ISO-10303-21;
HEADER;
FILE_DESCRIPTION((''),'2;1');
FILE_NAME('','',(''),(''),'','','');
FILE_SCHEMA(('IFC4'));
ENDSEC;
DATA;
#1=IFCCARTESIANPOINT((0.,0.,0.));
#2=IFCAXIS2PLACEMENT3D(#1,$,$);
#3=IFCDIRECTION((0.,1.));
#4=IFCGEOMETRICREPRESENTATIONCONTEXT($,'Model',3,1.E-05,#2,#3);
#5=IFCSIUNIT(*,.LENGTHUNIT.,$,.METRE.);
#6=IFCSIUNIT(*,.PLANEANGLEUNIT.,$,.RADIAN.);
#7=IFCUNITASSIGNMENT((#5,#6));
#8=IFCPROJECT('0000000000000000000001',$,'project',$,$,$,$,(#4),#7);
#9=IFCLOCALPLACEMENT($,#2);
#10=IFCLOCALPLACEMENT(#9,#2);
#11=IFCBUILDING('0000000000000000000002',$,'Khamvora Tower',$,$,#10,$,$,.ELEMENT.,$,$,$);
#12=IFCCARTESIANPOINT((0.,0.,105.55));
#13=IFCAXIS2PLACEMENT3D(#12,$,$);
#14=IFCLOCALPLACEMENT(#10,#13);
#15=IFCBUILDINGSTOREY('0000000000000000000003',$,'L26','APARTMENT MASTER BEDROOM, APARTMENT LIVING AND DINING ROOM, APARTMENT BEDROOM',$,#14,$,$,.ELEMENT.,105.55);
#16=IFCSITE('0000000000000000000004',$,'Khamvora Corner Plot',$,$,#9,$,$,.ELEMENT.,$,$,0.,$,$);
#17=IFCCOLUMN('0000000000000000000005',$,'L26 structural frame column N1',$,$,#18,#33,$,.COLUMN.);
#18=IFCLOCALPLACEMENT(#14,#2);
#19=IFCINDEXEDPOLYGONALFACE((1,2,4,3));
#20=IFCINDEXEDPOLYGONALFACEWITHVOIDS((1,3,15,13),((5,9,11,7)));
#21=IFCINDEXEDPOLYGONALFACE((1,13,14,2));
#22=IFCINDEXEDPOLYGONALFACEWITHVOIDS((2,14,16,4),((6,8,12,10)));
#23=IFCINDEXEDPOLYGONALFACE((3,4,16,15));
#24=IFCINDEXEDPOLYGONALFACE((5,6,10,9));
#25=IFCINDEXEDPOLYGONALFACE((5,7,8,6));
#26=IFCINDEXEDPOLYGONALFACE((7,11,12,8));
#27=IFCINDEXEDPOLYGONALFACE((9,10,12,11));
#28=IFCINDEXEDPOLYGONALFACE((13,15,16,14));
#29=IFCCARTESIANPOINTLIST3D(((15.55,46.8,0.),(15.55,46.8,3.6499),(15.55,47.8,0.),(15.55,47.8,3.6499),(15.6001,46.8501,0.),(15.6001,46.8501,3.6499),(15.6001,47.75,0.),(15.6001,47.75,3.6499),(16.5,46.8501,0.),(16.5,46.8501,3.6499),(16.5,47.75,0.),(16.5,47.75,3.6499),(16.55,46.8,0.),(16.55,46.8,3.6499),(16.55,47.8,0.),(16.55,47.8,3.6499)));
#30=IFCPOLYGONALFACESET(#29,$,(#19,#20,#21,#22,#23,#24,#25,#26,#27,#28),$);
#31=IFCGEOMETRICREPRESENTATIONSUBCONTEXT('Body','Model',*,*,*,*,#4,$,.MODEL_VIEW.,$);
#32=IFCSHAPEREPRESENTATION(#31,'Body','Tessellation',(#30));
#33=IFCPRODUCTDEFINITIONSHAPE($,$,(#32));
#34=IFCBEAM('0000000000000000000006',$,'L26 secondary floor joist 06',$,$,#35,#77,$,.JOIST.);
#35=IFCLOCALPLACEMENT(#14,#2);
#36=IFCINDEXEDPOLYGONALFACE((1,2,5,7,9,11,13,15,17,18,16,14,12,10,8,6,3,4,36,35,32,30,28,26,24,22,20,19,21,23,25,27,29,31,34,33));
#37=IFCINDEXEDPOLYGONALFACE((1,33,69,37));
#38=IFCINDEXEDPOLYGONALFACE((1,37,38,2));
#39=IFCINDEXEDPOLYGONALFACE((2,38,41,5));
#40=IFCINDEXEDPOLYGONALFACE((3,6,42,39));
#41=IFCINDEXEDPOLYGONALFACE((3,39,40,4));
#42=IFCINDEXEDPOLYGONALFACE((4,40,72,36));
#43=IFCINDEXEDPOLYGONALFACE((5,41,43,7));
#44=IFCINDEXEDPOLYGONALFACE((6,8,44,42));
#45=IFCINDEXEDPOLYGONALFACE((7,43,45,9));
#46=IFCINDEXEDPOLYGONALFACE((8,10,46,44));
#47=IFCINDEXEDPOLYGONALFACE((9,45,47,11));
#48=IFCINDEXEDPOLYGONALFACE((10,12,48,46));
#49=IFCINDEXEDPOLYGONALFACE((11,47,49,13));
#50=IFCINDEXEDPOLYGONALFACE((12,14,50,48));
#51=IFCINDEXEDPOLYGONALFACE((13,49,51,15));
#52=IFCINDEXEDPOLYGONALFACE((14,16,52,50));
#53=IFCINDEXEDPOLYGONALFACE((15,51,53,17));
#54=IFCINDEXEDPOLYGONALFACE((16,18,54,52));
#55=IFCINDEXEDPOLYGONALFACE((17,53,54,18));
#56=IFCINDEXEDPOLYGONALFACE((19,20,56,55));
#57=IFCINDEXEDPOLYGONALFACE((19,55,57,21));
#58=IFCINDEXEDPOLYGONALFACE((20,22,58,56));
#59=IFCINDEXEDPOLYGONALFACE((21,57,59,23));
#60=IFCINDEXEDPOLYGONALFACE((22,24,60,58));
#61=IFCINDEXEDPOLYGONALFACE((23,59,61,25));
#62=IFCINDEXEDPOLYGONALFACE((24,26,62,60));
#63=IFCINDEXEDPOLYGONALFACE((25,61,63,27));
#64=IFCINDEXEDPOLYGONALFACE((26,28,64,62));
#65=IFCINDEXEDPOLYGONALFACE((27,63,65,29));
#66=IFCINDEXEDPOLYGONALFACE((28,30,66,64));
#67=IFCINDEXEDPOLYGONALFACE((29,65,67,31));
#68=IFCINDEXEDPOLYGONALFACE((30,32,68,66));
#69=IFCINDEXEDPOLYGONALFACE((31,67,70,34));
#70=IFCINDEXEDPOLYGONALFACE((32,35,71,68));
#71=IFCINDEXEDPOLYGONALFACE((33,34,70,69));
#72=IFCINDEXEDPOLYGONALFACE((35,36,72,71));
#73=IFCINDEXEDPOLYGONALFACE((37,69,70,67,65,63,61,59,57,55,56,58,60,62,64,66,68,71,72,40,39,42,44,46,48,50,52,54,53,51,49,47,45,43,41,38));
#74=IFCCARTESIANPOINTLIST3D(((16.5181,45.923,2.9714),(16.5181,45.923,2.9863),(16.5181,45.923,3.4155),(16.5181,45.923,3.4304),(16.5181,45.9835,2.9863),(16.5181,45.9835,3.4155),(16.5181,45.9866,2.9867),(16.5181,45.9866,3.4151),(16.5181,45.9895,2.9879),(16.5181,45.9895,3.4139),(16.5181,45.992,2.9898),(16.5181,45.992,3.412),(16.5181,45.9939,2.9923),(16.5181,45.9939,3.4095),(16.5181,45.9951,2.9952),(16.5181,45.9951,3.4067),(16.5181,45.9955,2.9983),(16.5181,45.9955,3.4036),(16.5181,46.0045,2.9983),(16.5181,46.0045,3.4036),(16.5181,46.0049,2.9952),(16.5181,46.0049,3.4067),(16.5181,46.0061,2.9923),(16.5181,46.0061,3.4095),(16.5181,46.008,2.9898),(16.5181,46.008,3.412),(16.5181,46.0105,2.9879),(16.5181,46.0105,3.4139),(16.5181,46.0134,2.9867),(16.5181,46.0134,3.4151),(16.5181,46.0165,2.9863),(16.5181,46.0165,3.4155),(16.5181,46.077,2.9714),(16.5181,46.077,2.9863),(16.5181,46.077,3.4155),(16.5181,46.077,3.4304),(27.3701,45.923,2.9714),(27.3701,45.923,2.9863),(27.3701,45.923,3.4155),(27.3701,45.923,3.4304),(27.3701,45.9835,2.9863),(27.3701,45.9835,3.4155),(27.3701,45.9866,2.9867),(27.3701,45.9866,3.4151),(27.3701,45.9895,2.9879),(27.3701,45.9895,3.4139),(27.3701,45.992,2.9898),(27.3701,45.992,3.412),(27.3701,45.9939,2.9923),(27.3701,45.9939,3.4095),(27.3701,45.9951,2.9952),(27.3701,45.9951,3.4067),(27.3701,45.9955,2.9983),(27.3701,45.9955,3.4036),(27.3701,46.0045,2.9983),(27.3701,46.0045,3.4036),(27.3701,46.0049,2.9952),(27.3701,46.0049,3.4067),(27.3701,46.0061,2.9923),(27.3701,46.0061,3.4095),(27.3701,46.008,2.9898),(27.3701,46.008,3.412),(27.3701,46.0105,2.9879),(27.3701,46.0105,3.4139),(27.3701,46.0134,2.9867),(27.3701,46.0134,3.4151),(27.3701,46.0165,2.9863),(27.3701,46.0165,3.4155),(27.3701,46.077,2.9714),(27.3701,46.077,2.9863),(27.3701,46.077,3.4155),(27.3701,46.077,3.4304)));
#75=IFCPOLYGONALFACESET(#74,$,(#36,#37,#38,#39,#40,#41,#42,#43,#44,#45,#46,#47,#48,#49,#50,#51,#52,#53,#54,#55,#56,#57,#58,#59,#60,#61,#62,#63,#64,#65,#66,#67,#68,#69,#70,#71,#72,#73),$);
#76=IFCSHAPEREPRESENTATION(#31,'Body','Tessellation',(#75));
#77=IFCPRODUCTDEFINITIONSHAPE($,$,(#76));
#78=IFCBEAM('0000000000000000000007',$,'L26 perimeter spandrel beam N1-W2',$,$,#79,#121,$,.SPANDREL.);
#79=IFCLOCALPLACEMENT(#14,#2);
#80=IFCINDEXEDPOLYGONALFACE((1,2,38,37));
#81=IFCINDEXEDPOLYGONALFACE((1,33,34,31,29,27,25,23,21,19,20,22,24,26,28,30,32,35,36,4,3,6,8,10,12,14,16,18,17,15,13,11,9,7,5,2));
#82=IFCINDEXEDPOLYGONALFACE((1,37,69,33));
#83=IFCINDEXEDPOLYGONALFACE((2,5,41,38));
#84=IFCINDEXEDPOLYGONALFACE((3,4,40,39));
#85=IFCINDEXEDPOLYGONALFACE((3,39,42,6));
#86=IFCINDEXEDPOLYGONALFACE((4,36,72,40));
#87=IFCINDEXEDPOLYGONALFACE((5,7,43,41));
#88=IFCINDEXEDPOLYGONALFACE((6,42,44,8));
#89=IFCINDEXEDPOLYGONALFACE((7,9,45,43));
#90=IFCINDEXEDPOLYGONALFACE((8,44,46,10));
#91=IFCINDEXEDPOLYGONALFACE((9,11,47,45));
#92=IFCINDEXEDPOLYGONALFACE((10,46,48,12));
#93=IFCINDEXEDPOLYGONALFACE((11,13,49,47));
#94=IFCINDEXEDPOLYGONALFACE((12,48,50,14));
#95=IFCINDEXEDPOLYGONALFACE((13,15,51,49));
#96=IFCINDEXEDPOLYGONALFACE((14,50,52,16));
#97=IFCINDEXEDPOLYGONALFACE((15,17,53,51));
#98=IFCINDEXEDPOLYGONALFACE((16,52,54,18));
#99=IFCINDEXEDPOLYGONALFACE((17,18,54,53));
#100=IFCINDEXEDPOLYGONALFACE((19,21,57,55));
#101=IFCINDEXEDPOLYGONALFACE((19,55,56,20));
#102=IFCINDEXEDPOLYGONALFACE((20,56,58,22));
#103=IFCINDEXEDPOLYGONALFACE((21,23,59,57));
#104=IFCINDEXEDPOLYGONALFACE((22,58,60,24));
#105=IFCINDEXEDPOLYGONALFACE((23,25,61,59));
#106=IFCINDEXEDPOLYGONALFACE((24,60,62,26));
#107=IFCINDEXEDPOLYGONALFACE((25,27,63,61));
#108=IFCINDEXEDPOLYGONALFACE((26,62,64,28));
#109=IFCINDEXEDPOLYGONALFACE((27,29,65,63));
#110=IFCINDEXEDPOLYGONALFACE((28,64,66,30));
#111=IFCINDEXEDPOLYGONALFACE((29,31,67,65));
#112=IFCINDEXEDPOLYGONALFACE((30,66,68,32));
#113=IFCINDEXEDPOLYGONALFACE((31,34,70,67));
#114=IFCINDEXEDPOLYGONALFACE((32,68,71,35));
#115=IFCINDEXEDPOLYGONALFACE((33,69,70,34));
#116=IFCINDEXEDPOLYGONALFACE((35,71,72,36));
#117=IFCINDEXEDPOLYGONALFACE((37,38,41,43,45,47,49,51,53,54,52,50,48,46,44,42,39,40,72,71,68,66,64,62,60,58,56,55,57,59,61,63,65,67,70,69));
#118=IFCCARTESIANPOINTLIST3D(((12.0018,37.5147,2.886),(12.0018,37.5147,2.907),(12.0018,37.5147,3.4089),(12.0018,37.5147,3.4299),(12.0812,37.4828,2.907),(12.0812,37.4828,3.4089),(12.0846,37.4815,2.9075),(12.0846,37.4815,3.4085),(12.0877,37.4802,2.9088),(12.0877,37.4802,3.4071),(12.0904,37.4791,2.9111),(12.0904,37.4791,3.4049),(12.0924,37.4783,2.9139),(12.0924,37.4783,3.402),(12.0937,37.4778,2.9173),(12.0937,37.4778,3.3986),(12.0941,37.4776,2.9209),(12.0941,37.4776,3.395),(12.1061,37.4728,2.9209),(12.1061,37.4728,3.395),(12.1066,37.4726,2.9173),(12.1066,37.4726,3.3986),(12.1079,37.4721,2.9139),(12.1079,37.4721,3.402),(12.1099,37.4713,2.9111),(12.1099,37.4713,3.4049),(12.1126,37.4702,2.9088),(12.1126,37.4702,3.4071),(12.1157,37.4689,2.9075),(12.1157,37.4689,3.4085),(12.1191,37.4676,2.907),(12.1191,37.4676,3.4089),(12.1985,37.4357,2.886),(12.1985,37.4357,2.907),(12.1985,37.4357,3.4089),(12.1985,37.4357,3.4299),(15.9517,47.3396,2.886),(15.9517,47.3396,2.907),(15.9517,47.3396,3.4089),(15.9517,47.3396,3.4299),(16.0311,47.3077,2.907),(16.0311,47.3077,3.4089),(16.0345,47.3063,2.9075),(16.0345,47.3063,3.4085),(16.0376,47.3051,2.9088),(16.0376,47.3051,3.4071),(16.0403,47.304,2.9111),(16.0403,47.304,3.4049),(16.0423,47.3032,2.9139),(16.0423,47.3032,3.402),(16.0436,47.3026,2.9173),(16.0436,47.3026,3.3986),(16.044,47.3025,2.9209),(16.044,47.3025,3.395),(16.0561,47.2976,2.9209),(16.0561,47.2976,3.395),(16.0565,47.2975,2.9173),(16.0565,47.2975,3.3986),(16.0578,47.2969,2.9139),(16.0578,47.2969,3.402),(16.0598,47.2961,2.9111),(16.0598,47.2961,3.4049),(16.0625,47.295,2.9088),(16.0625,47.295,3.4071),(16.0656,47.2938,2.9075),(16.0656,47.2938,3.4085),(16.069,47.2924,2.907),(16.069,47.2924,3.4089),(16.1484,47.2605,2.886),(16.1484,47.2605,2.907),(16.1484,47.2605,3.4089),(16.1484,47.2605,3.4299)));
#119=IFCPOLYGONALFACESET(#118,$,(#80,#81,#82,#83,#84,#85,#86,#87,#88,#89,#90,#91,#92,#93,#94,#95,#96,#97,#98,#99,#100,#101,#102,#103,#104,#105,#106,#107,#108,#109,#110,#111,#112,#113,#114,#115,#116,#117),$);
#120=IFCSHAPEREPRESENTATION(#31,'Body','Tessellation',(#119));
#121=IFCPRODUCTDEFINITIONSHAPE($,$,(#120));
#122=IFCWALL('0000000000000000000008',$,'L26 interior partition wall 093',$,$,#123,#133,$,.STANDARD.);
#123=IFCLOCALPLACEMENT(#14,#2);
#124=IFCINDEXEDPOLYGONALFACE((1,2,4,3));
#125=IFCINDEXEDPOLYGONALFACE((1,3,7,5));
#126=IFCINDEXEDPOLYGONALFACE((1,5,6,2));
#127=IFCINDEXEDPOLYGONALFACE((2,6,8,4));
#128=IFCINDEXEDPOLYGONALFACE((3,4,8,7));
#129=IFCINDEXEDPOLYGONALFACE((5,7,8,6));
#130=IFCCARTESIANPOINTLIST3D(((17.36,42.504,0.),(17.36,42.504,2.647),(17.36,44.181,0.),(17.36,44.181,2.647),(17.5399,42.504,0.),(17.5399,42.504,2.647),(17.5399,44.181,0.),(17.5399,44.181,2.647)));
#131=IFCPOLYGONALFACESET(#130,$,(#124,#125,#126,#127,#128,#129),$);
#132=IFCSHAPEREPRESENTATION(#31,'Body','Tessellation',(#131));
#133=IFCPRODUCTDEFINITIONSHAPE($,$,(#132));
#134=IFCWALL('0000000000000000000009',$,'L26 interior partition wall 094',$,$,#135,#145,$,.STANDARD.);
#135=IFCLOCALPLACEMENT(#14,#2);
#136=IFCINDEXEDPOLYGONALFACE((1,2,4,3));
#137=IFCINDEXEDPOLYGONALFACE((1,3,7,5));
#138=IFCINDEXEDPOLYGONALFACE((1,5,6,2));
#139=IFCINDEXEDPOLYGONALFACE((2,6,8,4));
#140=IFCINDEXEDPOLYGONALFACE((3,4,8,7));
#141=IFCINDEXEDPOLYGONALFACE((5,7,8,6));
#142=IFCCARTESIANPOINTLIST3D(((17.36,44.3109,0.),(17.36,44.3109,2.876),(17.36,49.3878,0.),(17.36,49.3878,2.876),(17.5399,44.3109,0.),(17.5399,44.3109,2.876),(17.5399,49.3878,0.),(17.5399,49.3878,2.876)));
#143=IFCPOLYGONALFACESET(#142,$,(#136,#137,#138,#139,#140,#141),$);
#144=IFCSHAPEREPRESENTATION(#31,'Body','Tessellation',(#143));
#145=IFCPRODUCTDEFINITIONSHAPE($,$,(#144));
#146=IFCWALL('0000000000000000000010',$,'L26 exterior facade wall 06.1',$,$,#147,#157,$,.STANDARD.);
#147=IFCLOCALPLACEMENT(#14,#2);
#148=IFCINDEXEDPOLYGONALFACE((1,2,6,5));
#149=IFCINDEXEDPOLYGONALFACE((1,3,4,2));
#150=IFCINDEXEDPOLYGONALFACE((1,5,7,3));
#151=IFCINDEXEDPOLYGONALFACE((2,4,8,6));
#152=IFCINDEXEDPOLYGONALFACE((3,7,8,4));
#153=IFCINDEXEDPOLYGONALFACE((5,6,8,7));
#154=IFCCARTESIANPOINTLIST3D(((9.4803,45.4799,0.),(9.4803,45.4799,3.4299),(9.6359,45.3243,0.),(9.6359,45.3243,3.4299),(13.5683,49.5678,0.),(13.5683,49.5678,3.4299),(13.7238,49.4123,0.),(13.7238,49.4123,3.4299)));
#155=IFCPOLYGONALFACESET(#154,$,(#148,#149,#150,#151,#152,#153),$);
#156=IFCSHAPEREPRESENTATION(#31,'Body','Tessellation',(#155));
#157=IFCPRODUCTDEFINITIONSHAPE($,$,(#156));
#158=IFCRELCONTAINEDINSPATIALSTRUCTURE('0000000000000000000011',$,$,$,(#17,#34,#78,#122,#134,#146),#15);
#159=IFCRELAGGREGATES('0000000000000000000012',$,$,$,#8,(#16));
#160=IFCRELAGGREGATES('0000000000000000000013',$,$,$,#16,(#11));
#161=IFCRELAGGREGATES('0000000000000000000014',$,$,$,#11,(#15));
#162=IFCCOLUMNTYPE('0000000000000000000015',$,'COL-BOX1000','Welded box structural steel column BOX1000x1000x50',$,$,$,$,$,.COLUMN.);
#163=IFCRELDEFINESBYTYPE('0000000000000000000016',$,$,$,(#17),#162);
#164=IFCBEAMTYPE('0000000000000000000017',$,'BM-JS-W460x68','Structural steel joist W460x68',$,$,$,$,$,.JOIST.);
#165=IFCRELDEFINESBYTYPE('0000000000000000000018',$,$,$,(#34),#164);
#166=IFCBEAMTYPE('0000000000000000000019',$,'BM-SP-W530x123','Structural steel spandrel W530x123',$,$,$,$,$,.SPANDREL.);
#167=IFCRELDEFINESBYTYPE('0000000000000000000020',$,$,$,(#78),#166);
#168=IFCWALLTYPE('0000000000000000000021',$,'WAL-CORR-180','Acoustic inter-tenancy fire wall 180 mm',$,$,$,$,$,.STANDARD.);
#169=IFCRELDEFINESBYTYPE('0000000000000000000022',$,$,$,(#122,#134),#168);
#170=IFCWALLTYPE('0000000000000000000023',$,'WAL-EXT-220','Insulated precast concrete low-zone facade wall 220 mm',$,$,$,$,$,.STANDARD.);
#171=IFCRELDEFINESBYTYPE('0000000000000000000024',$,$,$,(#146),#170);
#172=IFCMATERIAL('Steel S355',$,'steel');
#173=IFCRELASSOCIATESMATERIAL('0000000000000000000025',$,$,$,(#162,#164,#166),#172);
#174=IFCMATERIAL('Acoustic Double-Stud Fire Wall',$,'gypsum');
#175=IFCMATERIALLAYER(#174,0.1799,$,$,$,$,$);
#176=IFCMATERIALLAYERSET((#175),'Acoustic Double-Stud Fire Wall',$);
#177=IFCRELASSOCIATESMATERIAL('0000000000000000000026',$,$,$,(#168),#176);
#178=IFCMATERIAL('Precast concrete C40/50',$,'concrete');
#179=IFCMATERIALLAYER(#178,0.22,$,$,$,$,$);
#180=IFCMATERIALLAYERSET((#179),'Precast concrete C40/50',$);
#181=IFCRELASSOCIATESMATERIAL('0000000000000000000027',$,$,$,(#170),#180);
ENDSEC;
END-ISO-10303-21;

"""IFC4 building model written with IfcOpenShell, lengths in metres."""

from ifc_helpers import new_model, si_unit, direction, frame, frame_2d, origin, origin_2d, place, context, subcontext, project, spatial, rectangle, hollow_rectangle, i_section, extrude, material, layer, layer_set, material_profile, profile_set, type_object, element, save


model = new_model("IFC4")

# Units and contexts
model_context = context("Model", 3, precision=1e-05, world=origin(), true_north=direction((0.0, 1.0)))
body_context = subcontext(model_context, "Body", "Model", "MODEL_VIEW")
ifc_project = project(units=[si_unit("LENGTHUNIT", "METRE"), si_unit("PLANEANGLEUNIT", "RADIAN")], contexts=[model_context])

# Site, building, storey
site_placement = place(None, origin())
site = spatial("IfcSite", under=ifc_project, at=site_placement, Name="Khamvora Corner Plot", CompositionType="ELEMENT", RefElevation=0.0)
building_placement = place(site_placement, origin())
building = spatial("IfcBuilding", under=site, at=building_placement, Name="Khamvora Tower", CompositionType="ELEMENT")
storey_placement = place(building_placement, frame((0.0, 0.0, 105.55)))
storey = spatial("IfcBuildingStorey", under=building, at=storey_placement, Name="L26", Description="APARTMENT MASTER BEDROOM, APARTMENT LIVING AND DINING ROOM, APARTMENT BEDROOM", CompositionType="ELEMENT", Elevation=105.55)

# Column
ifc_material_1 = material(Name="Steel S355", Category="steel")
ifc_material_profile_1 = material_profile(ifc_material_1, hollow_rectangle(XDim=1.0, YDim=1.0, WallThickness=0.05, at=origin_2d()), Name="BOX1000x1000x50")
ifc_profile_set_1 = profile_set([ifc_material_profile_1], Name="Steel S355")
column_type = type_object("IfcColumnType", Name="COL-BOX1000", Description="Welded box structural steel column BOX1000x1000x50", PredefinedType="COLUMN", material=ifc_profile_set_1)
column_placement = place(storey_placement, frame((16.05, 47.3, 0.0), z_axis=(0.0, 0.0, 1.0), x_axis=(1.0, 0.0, 0.0)))
element("IfcColumn", 1, at=column_placement, inside=storey, type_object=column_type, Name="L26 structural frame column N1", PredefinedType="COLUMN", context=body_context, shape_type="SweptSolid", body=[
    extrude(hollow_rectangle(XDim=1.0, YDim=1.0, WallThickness=0.05, at=origin_2d()), origin(), (0.0, 0.0, 1.0), 3.6499),
])

# Beams
ifc_material_profile_2 = material_profile(ifc_material_1, i_section(OverallWidth=0.1541, OverallDepth=0.459, WebThickness=0.009, FlangeThickness=0.0149, FilletRadius=0.012, at=origin_2d()), Name="W460x68")
ifc_profile_set_2 = profile_set([ifc_material_profile_2], Name="Steel S355")
beam_type_1 = type_object("IfcBeamType", Name="BM-JS-W460x68", Description="Structural steel joist W460x68", PredefinedType="JOIST", material=ifc_profile_set_2)
beam_1_placement = place(storey_placement, frame((16.5181, 46.0, 3.2009), z_axis=(1.0, 0.0, 0.0), x_axis=(0.0, 1.0, 0.0)))
element("IfcBeam", 2, at=beam_1_placement, inside=storey, type_object=beam_type_1, Name="L26 secondary floor joist 06", PredefinedType="JOIST", context=body_context, shape_type="SweptSolid", body=[
    extrude(i_section(OverallWidth=0.1541, OverallDepth=0.459, WebThickness=0.009, FlangeThickness=0.0149, FilletRadius=0.012, at=origin_2d()), origin(), (0.0, 0.0, 1.0), 10.8521),
])
ifc_material_profile_3 = material_profile(ifc_material_1, i_section(OverallWidth=0.2119, OverallDepth=0.5439, WebThickness=0.0129, FlangeThickness=0.021, FilletRadius=0.0139, at=origin_2d()), Name="W530x123")
ifc_profile_set_3 = profile_set([ifc_material_profile_3], Name="Steel S355")
beam_type_2 = type_object("IfcBeamType", Name="BM-SP-W530x123", Description="Structural steel spandrel W530x123", PredefinedType="SPANDREL", material=ifc_profile_set_3)
beam_2_placement = place(storey_placement, frame((16.05, 47.3, 3.158), z_axis=(-0.373016, -0.927825, 0.0), x_axis=(0.927825, -0.373016, 0.0)))
element("IfcBeam", 3, at=beam_2_placement, inside=storey, type_object=beam_type_2, Name="L26 perimeter spandrel beam N1-W2", PredefinedType="SPANDREL", context=body_context, shape_type="SweptSolid", body=[
    extrude(i_section(OverallWidth=0.2119, OverallDepth=0.5439, WebThickness=0.0129, FlangeThickness=0.021, FilletRadius=0.0139, at=origin_2d()), origin(), (0.0, 0.0, 1.0), 10.5891),
])

# Walls
ifc_material_2 = material(Name="Acoustic Double-Stud Fire Wall", Category="gypsum")
ifc_layer_1 = layer(ifc_material_2, 0.1799)
ifc_layer_set_1 = layer_set([ifc_layer_1], Name="Acoustic Double-Stud Fire Wall")
wall_type_1 = type_object("IfcWallType", Name="WAL-CORR-180", Description="Acoustic inter-tenancy fire wall 180 mm", PredefinedType="STANDARD", material=ifc_layer_set_1)
wall_1_placement = place(storey_placement, frame((17.45, 44.1809, 0.0), z_axis=(0.0, 0.0, 1.0), x_axis=(0.0, -1.0, 0.0)))
element("IfcWall", 4, at=wall_1_placement, inside=storey, type_object=wall_type_1, Name="L26 interior partition wall 093", PredefinedType="STANDARD", context=body_context, shape_type="SweptSolid", body=[
    extrude(rectangle(XDim=1.677, YDim=0.1799, at=frame_2d((0.8384, 0.0))), origin(), (0.0, 0.0, 1.0), 2.647),
])
wall_2_placement = place(storey_placement, frame((17.45, 49.3879, 0.0), z_axis=(0.0, 0.0, 1.0), x_axis=(0.0, -1.0, 0.0)))
element("IfcWall", 5, at=wall_2_placement, inside=storey, type_object=wall_type_1, Name="L26 interior partition wall 094", PredefinedType="STANDARD", context=body_context, shape_type="SweptSolid", body=[
    extrude(rectangle(XDim=5.0769, YDim=0.1799, at=frame_2d((2.5386, 0.0))), origin(), (0.0, 0.0, 1.0), 2.876),
])
ifc_material_3 = material(Name="Precast concrete C40/50", Category="concrete")
ifc_layer_2 = layer(ifc_material_3, 0.22)
ifc_layer_set_2 = layer_set([ifc_layer_2], Name="Precast concrete C40/50")
wall_type_2 = type_object("IfcWallType", Name="WAL-EXT-220", Description="Insulated precast concrete low-zone facade wall 220 mm", PredefinedType="STANDARD", material=ifc_layer_set_2)
wall_3_placement = place(storey_placement, frame((9.5581, 45.4021, 0.0), z_axis=(0.0, 0.0, 1.0), x_axis=(0.707107, 0.707107, 0.0)))
element("IfcWall", 6, at=wall_3_placement, inside=storey, type_object=wall_type_2, Name="L26 exterior facade wall 06.1", PredefinedType="STANDARD", context=body_context, shape_type="SweptSolid", body=[
    extrude(rectangle(XDim=5.7812, YDim=0.22, at=frame_2d((2.8906, 0.0))), origin(), (0.0, 0.0, 1.0), 3.4299),
])

save(model, "model.ifc")
